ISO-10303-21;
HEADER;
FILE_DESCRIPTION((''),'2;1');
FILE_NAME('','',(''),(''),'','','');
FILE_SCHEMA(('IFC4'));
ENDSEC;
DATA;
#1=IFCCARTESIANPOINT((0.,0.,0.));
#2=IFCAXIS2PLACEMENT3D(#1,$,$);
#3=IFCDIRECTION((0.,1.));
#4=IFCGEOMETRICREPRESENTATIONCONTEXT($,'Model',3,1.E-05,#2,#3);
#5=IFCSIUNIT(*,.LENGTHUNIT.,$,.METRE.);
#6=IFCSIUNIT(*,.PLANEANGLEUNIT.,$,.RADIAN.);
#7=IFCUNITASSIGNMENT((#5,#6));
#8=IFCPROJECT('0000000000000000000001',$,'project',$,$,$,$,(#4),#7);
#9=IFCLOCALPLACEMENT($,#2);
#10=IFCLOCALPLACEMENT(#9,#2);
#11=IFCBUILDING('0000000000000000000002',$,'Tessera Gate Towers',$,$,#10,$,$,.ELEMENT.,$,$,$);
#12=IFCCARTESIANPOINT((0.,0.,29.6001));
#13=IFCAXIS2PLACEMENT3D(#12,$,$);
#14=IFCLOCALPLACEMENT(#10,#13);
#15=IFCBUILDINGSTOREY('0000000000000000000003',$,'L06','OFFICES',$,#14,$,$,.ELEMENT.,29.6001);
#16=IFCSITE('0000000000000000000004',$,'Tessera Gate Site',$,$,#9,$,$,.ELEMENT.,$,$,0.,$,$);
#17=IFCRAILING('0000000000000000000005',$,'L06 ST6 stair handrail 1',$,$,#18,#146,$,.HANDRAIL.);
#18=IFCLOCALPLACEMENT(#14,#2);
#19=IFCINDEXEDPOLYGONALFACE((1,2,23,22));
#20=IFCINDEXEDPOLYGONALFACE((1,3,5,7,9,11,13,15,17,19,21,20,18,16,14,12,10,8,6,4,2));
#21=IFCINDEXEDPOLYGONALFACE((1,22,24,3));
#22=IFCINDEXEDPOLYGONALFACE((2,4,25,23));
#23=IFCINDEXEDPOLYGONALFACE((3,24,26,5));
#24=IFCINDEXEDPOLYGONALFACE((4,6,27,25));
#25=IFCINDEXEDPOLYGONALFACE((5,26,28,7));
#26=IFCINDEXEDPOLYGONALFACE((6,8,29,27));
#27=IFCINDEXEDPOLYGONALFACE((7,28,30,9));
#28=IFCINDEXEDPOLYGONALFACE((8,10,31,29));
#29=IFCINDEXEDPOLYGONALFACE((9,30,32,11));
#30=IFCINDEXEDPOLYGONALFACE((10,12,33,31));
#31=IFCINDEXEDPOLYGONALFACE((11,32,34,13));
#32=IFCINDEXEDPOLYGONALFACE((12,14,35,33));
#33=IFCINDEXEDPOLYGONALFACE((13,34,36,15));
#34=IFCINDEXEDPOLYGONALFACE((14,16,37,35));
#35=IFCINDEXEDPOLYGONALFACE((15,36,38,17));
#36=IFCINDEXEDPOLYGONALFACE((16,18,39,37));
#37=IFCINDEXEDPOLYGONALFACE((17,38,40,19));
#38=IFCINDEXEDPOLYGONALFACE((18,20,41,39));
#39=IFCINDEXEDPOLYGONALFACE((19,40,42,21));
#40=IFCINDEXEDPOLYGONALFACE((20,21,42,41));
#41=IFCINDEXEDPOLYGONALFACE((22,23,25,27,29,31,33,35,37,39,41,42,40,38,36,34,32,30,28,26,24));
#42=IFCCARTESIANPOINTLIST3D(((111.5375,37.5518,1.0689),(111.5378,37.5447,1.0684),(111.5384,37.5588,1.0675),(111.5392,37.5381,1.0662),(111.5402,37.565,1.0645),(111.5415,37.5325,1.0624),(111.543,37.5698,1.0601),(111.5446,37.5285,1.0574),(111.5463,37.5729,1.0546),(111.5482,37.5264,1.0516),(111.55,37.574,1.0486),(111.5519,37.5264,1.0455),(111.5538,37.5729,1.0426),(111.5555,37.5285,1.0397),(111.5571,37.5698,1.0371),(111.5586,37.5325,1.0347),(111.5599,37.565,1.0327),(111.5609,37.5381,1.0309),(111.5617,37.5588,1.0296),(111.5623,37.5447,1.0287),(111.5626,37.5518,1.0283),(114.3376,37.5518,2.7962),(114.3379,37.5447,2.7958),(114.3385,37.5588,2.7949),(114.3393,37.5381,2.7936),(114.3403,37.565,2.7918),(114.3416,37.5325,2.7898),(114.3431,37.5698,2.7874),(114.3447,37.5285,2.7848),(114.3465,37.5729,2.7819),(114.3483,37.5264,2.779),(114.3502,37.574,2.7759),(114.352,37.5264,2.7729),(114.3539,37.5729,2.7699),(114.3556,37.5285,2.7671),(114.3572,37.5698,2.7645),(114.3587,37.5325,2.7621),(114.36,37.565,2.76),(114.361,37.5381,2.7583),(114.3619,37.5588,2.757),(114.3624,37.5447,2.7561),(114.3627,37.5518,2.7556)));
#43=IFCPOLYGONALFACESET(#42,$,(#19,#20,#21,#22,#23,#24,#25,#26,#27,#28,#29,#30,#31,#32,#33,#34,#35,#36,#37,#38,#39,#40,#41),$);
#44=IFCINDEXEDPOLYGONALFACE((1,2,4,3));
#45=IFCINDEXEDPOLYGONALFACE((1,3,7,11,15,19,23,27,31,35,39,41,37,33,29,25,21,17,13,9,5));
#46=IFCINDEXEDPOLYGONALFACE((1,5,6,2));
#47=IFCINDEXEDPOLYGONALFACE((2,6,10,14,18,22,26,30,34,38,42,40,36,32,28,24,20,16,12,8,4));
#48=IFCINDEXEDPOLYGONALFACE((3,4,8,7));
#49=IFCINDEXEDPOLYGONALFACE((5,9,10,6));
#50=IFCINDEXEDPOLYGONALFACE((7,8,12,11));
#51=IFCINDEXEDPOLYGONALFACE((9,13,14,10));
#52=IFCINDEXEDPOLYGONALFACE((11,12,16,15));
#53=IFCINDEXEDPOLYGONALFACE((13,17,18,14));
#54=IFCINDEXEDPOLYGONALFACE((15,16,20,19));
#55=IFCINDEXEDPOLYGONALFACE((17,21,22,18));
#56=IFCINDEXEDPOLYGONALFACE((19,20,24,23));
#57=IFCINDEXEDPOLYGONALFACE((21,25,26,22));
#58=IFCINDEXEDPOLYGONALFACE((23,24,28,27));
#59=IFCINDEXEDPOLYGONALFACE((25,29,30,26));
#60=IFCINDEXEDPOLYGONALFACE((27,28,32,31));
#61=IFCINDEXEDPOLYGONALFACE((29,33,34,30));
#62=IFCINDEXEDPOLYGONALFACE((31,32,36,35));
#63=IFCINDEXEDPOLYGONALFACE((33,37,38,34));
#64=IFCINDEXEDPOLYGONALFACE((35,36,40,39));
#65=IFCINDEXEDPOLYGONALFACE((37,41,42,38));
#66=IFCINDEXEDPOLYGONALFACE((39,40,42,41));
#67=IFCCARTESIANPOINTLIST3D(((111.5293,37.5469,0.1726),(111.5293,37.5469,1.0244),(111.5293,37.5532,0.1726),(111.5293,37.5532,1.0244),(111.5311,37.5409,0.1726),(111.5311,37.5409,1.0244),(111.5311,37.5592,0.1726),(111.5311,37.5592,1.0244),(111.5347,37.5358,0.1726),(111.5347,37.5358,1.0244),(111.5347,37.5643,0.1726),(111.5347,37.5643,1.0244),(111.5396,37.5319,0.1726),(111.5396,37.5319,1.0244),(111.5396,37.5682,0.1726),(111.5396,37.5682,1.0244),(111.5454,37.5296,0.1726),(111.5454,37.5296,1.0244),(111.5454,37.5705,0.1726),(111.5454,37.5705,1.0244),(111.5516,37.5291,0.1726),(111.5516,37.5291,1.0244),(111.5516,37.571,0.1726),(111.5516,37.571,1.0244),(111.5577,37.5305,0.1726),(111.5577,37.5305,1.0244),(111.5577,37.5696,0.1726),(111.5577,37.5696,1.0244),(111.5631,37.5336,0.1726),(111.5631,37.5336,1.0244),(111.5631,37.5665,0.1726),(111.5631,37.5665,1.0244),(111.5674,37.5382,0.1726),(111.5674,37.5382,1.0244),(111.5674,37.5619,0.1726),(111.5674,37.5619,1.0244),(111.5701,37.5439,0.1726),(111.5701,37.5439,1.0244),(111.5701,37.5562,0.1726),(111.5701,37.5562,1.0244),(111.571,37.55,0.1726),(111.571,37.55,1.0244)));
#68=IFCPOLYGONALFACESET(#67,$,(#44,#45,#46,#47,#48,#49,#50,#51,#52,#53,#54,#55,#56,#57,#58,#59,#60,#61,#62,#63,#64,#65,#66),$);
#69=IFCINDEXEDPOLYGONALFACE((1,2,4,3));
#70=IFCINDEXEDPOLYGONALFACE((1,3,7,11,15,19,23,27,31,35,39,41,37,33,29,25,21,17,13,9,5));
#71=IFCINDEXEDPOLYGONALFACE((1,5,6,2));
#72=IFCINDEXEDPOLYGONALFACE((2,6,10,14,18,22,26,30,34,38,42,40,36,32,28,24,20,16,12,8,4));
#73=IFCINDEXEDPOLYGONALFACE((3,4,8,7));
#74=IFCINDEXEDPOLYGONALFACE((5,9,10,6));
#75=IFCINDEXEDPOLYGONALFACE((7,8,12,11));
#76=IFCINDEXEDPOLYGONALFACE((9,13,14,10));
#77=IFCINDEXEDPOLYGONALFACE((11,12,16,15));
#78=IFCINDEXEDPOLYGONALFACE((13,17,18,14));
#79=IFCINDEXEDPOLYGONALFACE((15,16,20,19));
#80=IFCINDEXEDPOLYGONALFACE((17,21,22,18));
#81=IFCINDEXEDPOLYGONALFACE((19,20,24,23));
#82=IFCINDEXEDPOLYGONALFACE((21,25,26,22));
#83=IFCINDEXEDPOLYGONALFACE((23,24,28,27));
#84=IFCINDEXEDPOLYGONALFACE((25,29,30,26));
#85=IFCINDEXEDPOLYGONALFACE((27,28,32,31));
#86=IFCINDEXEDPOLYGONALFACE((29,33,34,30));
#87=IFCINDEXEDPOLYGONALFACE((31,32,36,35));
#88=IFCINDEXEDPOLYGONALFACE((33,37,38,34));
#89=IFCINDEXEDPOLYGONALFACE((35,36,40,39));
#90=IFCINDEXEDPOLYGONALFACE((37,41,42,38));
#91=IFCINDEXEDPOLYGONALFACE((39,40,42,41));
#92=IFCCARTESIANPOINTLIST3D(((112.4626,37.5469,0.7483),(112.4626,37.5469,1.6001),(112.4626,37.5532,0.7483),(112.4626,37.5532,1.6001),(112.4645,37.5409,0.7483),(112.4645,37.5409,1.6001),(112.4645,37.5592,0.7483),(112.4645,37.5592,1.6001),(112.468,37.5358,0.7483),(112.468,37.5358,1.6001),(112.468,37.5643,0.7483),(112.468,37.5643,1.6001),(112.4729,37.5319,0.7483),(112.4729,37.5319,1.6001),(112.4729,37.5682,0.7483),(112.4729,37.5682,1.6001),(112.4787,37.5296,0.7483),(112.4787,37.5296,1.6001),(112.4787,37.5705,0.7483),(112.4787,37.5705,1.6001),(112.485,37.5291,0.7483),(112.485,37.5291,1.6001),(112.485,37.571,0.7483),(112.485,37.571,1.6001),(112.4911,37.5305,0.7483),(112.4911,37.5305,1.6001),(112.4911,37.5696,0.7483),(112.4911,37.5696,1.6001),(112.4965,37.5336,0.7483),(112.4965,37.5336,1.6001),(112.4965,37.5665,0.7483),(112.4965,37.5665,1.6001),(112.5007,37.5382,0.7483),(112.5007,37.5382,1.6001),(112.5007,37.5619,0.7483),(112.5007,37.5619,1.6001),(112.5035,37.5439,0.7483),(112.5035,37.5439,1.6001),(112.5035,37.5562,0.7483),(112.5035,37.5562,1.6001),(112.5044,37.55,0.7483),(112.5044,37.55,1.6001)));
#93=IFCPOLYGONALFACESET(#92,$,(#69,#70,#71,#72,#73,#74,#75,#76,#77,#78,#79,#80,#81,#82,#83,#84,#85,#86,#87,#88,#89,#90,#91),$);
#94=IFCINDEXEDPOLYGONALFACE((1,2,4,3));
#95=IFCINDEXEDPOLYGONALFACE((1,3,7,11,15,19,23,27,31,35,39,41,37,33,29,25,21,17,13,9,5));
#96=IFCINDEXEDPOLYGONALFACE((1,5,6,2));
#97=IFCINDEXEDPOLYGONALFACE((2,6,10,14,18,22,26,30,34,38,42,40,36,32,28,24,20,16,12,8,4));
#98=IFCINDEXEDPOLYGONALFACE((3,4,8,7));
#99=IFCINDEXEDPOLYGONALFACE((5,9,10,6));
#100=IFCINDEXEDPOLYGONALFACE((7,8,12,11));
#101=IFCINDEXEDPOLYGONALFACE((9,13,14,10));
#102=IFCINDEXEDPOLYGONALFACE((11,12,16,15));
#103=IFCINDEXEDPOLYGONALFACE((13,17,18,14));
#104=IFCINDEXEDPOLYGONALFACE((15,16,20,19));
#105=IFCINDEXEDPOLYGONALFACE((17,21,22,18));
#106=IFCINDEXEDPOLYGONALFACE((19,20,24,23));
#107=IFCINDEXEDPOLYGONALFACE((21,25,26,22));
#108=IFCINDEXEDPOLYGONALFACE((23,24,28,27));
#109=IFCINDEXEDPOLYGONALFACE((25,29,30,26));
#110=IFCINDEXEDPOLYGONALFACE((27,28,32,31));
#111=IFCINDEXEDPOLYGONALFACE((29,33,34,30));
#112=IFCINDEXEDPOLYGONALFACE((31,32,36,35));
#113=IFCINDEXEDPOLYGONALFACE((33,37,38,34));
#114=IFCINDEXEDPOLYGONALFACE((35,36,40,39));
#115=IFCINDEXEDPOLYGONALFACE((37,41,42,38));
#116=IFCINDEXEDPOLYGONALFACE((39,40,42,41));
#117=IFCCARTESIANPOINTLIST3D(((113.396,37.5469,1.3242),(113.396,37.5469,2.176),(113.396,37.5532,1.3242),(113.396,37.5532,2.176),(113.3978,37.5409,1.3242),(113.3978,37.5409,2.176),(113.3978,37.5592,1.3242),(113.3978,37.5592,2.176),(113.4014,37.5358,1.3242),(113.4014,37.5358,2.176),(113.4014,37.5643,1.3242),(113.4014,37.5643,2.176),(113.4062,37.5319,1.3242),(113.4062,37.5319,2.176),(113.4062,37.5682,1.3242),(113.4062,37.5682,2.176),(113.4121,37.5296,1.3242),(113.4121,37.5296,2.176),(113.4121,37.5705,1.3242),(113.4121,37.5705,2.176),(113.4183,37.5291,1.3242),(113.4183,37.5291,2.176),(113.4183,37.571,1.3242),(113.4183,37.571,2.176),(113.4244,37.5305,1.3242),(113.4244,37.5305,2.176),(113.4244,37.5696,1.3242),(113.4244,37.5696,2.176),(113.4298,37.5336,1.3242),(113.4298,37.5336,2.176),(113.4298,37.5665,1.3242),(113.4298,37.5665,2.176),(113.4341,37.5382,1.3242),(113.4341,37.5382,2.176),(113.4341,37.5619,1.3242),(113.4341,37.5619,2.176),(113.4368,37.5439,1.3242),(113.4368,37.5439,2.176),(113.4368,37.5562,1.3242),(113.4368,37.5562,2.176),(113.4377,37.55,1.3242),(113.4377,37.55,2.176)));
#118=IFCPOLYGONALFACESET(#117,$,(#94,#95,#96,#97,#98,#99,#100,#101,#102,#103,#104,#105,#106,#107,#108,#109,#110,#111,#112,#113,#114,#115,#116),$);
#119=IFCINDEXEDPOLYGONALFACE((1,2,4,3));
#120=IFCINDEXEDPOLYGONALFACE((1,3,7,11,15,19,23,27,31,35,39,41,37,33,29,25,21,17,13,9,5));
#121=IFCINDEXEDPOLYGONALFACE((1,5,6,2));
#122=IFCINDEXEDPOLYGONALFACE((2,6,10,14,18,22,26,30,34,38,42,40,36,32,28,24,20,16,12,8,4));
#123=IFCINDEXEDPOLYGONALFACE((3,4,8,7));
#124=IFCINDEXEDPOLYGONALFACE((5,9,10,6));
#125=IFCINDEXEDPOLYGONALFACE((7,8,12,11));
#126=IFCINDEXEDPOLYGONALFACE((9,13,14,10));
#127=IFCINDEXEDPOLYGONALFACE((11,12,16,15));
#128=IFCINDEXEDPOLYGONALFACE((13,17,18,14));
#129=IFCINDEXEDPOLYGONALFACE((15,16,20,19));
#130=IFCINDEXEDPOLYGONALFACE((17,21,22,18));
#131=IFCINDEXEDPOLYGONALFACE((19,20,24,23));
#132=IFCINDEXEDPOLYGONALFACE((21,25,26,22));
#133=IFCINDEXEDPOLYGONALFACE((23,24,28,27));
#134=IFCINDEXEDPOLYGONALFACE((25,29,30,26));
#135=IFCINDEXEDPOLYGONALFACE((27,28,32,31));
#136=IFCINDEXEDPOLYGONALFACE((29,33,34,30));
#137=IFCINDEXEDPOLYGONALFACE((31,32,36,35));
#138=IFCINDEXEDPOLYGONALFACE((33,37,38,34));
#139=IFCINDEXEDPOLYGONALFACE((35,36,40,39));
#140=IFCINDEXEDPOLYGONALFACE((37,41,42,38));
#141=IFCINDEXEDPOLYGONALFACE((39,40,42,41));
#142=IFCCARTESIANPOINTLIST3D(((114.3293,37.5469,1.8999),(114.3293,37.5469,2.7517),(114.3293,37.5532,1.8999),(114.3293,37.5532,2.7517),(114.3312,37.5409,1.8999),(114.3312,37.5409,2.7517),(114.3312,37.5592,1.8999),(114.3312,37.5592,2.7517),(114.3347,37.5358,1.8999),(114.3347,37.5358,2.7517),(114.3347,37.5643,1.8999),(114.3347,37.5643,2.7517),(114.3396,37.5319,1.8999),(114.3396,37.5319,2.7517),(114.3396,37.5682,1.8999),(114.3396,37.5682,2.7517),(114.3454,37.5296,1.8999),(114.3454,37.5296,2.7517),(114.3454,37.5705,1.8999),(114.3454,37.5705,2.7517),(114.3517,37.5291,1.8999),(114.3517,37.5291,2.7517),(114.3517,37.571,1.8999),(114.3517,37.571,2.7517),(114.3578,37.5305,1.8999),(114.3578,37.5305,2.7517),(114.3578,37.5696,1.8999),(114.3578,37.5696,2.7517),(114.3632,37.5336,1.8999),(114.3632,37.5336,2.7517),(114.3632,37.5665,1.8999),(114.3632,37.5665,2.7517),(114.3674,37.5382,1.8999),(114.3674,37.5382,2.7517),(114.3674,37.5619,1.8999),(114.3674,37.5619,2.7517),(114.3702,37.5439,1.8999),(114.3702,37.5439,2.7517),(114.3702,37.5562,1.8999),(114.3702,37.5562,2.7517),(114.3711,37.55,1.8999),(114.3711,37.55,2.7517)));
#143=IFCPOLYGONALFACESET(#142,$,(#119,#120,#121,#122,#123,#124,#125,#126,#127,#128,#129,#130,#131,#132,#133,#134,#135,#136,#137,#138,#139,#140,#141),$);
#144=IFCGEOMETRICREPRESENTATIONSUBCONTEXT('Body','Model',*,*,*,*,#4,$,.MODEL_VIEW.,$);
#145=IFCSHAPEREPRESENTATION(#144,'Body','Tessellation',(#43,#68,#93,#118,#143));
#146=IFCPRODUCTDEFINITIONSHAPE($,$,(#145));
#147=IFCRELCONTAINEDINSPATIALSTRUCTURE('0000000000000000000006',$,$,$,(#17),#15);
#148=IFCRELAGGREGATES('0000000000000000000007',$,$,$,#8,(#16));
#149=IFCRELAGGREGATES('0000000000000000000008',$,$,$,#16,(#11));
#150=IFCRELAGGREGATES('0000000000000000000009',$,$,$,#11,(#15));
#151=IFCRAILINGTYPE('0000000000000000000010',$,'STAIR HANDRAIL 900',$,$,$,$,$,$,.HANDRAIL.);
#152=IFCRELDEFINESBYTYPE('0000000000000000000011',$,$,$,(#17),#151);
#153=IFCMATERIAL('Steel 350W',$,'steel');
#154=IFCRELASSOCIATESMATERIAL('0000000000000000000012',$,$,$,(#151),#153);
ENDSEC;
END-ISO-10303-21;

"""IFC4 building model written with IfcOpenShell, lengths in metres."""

from ifc_helpers import new_model, si_unit, direction, frame, origin, origin_2d, place, context, subcontext, project, spatial, circle, extrude, material, type_object, element, save


model = new_model("IFC4")

# Units and contexts
model_context = context("Model", 3, precision=1e-05, world=origin(), true_north=direction((0.0, 1.0)))
body_context = subcontext(model_context, "Body", "Model", "MODEL_VIEW")
ifc_project = project(units=[si_unit("LENGTHUNIT", "METRE"), si_unit("PLANEANGLEUNIT", "RADIAN")], contexts=[model_context])

# Site, building, storey
site_placement = place(None, origin())
site = spatial("IfcSite", under=ifc_project, at=site_placement, Name="Tessera Gate Site", CompositionType="ELEMENT", RefElevation=0.0)
building_placement = place(site_placement, origin())
building = spatial("IfcBuilding", under=site, at=building_placement, Name="Tessera Gate Towers", CompositionType="ELEMENT")
storey_placement = place(building_placement, frame((0.0, 0.0, 29.6001)))
storey = spatial("IfcBuildingStorey", under=building, at=storey_placement, Name="L06", Description="OFFICES", CompositionType="ELEMENT", Elevation=29.6001)

# Railing
ifc_material_1 = material(Name="Steel 350W", Category="steel")
railing_type_1 = type_object("IfcRailingType", Name="STAIR HANDRAIL 900", PredefinedType="HANDRAIL", material=ifc_material_1)
railing_1_placement = place(storey_placement, frame((111.55, 37.55, 0.1726)))
element("IfcRailing", 1, at=railing_1_placement, inside=storey, type_object=railing_type_1, Name="L06 ST6 stair handrail 1", PredefinedType="HANDRAIL", context=body_context, shape_type="SweptSolid", body=[
    extrude(circle(Radius=0.0239, at=origin_2d()), frame((0.0, 0.0, 0.876), z_axis=(0.85109, 0.0, 0.52502), x_axis=(0.0, 1.0, 0.0)), (0.0, 0.0, 1.0), 3.29),
    extrude(circle(Radius=0.021, at=origin_2d()), origin(), (0.0, 0.0, 1.0), 0.8518),
    extrude(circle(Radius=0.021, at=origin_2d()), frame((0.9333, 0.0, 0.5757)), (0.0, 0.0, 1.0), 0.8518),
    extrude(circle(Radius=0.021, at=origin_2d()), frame((1.8667, 0.0, 1.1516)), (0.0, 0.0, 1.0), 0.8518),
    extrude(circle(Radius=0.021, at=origin_2d()), frame((2.8, 0.0, 1.7273)), (0.0, 0.0, 1.0), 0.8518),
])

save(model, "model.ifc")
